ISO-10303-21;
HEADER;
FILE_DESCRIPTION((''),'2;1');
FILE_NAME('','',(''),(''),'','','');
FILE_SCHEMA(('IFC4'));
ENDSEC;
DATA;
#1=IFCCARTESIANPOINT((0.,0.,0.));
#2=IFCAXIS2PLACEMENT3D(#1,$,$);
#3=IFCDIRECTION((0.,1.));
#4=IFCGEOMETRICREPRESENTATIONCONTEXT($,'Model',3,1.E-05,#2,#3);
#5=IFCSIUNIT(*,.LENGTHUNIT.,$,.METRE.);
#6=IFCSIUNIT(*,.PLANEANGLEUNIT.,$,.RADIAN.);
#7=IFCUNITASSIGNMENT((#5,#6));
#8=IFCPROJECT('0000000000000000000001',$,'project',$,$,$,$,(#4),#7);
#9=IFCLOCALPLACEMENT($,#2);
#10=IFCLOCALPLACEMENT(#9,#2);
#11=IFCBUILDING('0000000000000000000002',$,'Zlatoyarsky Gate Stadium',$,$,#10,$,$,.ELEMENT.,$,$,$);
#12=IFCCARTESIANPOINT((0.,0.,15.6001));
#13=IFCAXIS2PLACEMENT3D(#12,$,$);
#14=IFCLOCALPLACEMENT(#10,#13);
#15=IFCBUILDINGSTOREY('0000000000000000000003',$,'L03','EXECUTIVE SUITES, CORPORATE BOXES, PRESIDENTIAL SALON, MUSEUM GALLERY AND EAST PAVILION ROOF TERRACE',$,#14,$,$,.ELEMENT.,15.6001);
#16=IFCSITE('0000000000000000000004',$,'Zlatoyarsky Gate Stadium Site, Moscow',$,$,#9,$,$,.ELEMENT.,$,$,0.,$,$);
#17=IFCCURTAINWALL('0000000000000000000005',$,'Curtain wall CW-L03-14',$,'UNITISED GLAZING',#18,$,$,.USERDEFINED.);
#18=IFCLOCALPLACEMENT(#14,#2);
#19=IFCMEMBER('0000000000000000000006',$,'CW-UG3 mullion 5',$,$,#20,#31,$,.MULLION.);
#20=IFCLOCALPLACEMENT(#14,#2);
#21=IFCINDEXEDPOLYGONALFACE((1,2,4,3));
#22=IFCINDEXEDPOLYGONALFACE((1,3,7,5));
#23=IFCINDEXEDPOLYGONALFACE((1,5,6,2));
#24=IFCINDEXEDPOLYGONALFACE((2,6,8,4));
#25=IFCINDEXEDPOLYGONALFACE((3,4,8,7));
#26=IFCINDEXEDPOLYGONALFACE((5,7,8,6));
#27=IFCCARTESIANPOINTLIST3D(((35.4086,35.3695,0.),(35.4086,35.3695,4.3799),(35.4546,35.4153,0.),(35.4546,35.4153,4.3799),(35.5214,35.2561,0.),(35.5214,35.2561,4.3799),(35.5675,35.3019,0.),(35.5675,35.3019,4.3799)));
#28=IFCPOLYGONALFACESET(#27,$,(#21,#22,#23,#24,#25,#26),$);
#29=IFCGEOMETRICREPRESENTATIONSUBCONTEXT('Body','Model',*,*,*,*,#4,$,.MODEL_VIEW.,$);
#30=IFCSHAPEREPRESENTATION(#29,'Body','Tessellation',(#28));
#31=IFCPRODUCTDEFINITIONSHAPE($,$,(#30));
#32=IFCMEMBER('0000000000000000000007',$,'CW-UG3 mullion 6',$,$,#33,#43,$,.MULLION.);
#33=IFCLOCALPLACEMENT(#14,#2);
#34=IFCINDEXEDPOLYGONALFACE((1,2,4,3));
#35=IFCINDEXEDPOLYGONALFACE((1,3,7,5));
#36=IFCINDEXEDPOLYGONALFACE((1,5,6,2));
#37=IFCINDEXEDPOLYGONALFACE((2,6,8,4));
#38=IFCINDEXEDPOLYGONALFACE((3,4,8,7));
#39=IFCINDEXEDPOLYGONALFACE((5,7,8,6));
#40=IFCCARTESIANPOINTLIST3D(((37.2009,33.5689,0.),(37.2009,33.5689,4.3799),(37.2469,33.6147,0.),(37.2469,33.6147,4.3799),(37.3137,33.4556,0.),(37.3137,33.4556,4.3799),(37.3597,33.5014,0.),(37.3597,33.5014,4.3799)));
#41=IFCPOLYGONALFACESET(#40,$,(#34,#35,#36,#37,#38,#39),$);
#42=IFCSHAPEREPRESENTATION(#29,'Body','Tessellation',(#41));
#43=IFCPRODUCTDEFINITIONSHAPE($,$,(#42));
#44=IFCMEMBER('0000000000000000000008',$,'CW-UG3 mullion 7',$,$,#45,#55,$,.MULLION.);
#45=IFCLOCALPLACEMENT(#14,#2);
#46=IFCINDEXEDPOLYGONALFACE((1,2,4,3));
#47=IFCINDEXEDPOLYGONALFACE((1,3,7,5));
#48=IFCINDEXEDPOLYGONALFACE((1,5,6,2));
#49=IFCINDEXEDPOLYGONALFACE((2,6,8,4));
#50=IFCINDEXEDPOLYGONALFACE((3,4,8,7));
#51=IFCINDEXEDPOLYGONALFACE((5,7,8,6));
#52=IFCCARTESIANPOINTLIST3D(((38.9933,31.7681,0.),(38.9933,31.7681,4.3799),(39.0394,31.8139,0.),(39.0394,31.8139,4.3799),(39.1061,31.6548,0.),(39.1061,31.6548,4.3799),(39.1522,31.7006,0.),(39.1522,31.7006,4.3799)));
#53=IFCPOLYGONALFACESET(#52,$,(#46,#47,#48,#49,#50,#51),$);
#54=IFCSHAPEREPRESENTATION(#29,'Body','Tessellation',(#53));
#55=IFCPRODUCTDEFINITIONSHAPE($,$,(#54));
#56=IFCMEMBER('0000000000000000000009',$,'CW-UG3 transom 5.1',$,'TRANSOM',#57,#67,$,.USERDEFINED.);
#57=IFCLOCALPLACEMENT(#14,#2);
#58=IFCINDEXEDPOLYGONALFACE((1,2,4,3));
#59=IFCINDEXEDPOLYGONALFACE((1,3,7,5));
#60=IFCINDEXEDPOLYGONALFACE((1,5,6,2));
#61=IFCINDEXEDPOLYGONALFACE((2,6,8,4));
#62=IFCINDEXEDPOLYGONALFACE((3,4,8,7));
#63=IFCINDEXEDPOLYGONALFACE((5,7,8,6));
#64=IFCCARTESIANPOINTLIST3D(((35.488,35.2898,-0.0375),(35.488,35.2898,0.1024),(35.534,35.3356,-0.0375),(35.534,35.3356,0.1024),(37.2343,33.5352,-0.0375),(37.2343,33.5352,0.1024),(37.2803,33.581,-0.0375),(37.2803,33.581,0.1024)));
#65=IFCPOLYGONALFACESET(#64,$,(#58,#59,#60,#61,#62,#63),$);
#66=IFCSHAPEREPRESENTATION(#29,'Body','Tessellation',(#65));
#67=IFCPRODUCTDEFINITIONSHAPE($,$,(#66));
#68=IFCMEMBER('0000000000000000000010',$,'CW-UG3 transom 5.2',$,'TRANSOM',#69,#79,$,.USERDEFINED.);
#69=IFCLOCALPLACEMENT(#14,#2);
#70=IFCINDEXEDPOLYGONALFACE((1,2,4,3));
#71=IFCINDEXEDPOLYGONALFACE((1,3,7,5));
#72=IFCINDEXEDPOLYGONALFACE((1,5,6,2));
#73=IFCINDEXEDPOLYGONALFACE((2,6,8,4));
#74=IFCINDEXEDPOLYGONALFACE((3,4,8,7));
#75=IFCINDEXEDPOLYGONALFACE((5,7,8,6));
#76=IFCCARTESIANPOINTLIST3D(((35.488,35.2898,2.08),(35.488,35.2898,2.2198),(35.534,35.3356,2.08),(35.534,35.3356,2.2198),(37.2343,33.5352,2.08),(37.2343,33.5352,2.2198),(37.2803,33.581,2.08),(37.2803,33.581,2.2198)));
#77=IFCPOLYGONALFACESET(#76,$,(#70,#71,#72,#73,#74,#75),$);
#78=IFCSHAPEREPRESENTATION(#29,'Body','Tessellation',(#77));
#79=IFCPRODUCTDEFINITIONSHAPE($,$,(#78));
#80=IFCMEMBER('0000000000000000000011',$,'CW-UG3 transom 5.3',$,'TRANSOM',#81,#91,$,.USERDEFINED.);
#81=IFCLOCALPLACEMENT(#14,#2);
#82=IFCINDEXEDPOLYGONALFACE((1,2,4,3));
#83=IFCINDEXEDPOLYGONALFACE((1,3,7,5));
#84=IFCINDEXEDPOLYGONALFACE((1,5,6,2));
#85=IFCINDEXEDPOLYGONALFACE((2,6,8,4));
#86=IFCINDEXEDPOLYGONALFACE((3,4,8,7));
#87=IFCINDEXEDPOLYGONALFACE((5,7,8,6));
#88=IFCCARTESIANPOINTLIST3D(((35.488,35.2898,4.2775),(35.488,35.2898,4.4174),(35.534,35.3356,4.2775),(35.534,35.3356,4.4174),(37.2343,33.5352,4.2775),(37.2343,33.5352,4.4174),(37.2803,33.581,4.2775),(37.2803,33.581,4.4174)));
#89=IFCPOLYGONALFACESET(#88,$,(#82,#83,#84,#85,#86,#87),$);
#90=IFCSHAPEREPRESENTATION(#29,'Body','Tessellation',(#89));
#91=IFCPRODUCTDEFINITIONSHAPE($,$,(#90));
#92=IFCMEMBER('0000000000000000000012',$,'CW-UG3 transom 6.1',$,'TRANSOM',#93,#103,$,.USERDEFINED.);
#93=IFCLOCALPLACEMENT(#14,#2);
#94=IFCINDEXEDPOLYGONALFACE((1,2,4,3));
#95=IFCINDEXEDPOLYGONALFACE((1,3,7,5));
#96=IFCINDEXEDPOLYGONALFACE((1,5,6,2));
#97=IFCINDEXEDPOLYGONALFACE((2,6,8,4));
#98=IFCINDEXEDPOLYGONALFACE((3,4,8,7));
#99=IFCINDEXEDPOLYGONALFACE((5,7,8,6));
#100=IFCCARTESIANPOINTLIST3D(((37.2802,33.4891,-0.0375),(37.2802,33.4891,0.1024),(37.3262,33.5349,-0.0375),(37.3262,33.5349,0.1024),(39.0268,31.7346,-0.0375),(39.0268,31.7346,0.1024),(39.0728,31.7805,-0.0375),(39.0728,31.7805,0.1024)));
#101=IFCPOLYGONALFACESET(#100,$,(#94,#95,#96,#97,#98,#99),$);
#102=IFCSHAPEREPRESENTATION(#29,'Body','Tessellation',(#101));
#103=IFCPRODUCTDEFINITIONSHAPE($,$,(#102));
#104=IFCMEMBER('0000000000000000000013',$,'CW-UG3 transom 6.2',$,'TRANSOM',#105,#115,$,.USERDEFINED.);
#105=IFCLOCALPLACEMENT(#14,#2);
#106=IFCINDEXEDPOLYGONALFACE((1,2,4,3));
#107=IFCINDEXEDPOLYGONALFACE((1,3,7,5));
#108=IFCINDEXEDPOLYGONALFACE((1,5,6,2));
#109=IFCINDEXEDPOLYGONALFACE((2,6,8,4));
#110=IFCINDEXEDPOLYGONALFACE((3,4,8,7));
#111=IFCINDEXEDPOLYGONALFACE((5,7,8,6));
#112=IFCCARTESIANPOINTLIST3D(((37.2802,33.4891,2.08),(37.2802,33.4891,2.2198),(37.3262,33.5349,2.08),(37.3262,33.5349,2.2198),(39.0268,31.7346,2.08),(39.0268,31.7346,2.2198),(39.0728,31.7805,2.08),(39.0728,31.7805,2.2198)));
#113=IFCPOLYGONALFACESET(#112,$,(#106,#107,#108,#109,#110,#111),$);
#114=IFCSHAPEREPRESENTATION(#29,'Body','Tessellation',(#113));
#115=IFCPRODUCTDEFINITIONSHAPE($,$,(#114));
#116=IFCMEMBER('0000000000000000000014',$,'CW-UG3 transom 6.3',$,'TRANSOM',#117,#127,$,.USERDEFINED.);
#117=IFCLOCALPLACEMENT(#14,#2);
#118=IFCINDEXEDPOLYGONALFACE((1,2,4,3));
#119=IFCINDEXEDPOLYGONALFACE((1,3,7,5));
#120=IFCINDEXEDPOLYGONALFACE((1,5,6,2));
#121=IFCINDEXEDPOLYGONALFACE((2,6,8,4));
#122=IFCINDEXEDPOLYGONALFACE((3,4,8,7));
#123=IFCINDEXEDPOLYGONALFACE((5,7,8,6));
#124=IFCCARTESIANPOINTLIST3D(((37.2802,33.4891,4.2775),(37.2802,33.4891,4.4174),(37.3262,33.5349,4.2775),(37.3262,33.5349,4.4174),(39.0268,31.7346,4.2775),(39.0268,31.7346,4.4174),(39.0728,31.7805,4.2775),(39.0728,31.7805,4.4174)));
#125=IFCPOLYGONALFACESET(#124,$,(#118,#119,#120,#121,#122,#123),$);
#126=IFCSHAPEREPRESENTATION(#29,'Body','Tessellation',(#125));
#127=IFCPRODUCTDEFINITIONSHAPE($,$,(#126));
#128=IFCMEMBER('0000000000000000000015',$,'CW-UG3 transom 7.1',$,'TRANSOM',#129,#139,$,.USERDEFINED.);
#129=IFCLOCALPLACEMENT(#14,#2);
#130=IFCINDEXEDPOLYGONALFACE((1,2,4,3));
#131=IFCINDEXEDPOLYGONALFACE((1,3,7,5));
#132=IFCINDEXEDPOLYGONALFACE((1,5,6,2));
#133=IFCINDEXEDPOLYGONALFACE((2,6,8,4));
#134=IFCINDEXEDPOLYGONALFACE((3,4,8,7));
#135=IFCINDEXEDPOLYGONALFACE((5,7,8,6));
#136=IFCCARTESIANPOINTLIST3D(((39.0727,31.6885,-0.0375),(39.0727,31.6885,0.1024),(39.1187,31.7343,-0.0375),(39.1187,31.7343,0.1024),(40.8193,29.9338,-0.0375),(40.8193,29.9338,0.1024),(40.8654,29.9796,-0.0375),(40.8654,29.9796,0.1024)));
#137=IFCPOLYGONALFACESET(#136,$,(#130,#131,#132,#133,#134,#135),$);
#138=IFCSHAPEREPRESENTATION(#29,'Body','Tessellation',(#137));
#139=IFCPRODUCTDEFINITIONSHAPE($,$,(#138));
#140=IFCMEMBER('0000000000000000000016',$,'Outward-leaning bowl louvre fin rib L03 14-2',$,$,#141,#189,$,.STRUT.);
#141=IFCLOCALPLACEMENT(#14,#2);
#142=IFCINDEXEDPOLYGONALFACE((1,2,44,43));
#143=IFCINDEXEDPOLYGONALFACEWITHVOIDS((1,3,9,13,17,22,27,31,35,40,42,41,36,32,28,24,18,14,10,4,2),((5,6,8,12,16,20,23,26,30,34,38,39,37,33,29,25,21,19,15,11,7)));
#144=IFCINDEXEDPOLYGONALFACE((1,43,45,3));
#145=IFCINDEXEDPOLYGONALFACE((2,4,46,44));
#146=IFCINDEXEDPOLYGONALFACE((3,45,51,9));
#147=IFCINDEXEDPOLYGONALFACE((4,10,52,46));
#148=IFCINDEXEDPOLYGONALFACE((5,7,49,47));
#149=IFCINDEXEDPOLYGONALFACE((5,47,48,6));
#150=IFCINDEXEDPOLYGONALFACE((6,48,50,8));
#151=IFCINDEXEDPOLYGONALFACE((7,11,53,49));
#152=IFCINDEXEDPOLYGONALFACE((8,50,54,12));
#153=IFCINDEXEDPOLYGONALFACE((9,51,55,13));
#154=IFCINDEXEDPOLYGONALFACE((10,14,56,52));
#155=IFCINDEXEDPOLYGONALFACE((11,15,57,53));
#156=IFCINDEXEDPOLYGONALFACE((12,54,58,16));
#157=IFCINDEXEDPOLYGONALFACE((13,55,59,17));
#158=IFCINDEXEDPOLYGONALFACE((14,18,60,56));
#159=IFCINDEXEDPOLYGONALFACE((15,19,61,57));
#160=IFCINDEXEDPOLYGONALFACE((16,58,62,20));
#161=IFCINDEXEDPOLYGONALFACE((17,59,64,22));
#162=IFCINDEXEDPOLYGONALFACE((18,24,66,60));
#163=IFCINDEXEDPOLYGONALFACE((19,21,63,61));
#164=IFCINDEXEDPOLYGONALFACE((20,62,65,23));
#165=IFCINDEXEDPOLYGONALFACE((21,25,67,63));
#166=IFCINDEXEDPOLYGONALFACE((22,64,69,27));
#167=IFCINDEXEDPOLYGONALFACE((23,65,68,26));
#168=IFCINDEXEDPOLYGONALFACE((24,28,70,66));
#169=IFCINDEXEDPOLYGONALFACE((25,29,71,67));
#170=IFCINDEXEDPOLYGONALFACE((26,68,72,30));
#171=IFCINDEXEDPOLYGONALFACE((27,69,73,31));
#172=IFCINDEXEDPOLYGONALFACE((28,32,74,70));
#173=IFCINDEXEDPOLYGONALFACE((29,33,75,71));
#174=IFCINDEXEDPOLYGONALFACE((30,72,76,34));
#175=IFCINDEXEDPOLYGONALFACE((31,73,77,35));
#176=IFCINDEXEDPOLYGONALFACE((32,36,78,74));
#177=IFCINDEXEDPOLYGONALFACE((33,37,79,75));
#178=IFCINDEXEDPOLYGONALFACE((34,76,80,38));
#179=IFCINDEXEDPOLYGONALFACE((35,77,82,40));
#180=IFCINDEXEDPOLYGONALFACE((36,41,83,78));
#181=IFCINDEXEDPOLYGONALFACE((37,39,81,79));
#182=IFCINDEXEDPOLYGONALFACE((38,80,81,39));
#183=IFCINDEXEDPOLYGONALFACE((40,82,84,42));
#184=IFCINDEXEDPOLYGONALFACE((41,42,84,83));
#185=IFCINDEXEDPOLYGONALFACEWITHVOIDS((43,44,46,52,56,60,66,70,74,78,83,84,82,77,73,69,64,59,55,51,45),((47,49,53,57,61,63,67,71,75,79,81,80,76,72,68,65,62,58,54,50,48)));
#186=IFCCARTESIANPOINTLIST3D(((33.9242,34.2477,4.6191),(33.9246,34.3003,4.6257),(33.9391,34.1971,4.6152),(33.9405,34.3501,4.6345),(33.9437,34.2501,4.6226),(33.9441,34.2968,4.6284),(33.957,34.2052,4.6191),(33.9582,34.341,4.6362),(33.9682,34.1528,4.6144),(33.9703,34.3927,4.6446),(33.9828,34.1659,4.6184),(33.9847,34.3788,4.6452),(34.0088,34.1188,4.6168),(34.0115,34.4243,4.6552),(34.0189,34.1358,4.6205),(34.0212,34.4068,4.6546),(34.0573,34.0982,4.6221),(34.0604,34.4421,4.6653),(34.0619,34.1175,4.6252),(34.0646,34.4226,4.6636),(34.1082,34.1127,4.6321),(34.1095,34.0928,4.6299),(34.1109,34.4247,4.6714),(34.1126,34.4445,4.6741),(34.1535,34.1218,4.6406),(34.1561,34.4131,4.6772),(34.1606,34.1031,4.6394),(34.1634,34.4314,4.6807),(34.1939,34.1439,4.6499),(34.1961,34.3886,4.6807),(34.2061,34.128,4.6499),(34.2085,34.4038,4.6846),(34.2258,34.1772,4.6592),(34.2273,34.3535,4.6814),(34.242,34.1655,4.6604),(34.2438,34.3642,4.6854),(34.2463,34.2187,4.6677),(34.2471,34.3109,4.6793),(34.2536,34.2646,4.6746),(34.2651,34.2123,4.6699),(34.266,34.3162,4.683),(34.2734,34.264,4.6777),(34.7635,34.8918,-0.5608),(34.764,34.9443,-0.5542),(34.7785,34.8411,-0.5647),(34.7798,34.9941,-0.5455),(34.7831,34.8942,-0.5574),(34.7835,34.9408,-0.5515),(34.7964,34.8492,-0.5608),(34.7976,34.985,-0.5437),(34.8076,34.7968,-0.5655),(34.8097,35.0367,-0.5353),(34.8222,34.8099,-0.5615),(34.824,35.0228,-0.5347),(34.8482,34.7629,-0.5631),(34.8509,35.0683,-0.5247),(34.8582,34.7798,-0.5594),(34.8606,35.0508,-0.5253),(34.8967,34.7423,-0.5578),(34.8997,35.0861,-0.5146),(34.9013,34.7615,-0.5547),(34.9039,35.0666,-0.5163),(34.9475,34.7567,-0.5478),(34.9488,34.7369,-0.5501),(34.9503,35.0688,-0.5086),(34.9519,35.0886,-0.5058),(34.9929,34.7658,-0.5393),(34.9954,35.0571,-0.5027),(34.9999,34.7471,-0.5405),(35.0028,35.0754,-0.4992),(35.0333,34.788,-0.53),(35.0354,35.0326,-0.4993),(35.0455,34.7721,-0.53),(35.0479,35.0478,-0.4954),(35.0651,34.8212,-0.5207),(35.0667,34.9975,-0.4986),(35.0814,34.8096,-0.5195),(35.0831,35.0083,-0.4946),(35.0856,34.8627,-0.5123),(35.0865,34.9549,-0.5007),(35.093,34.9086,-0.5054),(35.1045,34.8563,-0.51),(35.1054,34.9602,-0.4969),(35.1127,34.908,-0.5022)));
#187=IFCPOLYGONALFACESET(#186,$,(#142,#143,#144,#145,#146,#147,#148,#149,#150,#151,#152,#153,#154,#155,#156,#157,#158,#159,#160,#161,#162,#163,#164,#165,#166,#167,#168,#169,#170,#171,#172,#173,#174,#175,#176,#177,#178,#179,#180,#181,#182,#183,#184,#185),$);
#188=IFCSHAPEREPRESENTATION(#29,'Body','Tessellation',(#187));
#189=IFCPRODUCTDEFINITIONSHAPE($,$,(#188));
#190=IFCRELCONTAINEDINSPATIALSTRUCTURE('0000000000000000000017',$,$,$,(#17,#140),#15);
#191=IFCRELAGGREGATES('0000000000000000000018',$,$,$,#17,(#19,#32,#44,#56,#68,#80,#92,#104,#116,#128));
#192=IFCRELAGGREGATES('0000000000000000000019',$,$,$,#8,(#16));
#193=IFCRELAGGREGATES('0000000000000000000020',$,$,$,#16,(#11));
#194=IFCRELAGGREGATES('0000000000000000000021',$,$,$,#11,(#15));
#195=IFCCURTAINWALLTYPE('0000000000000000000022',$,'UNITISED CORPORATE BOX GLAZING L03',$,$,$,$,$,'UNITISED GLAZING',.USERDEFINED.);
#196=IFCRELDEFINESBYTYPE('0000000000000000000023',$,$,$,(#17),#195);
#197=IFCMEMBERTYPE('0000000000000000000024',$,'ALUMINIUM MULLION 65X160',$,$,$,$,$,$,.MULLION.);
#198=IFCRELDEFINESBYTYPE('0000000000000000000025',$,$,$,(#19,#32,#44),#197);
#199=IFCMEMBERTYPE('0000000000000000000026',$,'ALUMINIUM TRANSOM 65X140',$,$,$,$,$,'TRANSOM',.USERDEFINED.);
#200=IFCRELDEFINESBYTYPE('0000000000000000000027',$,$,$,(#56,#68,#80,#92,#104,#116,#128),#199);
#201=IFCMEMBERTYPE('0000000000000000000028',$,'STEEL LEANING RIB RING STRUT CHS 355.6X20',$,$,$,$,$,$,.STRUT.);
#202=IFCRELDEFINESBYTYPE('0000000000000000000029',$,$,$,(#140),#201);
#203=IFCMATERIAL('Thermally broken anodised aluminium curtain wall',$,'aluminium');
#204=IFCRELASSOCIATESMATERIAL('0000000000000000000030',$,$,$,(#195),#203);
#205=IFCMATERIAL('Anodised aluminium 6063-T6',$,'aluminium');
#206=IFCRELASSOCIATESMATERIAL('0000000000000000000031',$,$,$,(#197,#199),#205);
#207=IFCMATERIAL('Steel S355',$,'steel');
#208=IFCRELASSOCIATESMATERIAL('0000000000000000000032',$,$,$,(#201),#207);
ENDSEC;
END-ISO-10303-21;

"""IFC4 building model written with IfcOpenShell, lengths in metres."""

from ifc_helpers import new_model, si_unit, direction, frame, origin, origin_2d, place, context, subcontext, project, spatial, rectangle, hollow_circle, extrude, material, material_profile, profile_set, type_object, element, aggregate, save


model = new_model("IFC4")

# Units and contexts
model_context = context("Model", 3, precision=1e-05, world=origin(), true_north=direction((0.0, 1.0)))
body_context = subcontext(model_context, "Body", "Model", "MODEL_VIEW")
ifc_project = project(units=[si_unit("LENGTHUNIT", "METRE"), si_unit("PLANEANGLEUNIT", "RADIAN")], contexts=[model_context])

# Site, building, storey
site_placement = place(None, origin())
site = spatial("IfcSite", under=ifc_project, at=site_placement, Name="Zlatoyarsky Gate Stadium Site, Moscow", CompositionType="ELEMENT", RefElevation=0.0)
building_placement = place(site_placement, origin())
building = spatial("IfcBuilding", under=site, at=building_placement, Name="Zlatoyarsky Gate Stadium", CompositionType="ELEMENT")
storey_placement = place(building_placement, frame((0.0, 0.0, 15.6001)))
storey = spatial("IfcBuildingStorey", under=building, at=storey_placement, Name="L03", Description="EXECUTIVE SUITES, CORPORATE BOXES, PRESIDENTIAL SALON, MUSEUM GALLERY AND EAST PAVILION ROOF TERRACE", CompositionType="ELEMENT", Elevation=15.6001)

# Curtain wall, members
ifc_material_1 = material(Name="Thermally broken anodised aluminium curtain wall", Category="aluminium")
curtain_wall_type = type_object("IfcCurtainWallType", Name="UNITISED CORPORATE BOX GLAZING L03", ElementType="UNITISED GLAZING", PredefinedType="USERDEFINED", material=ifc_material_1)
curtain_wall_placement = place(storey_placement, origin())
curtain_wall = element("IfcCurtainWall", 1, at=curtain_wall_placement, inside=storey, type_object=curtain_wall_type, Name="Curtain wall CW-L03-14", ObjectType="UNITISED GLAZING", PredefinedType="USERDEFINED")
ifc_material_2 = material(Name="Anodised aluminium 6063-T6", Category="aluminium")
ifc_material_profile_1 = material_profile(ifc_material_2, rectangle(XDim=0.0649, YDim=0.1599, at=origin_2d()), Name="ALU 65X160")
ifc_profile_set_1 = profile_set([ifc_material_profile_1], Name="Anodised aluminium 6063-T6")
member_type_1 = type_object("IfcMemberType", Name="ALUMINIUM MULLION 65X160", PredefinedType="MULLION", material=ifc_profile_set_1)
member_1_placement = place(storey_placement, frame((35.488, 35.3357, 0.0), z_axis=(0.0, 0.0, 1.0), x_axis=(0.708721, 0.705489, 0.0)))
member_1 = element("IfcMember", 2, at=member_1_placement, type_object=member_type_1, Name="CW-UG3 mullion 5", PredefinedType="MULLION", context=body_context, shape_type="SweptSolid", body=[
    extrude(rectangle(XDim=0.0649, YDim=0.1599, at=origin_2d()), origin(), (0.0, 0.0, 1.0), 4.3799),
])
member_2_placement = place(storey_placement, frame((37.2803, 33.5352, 0.0), z_axis=(0.0, 0.0, 1.0), x_axis=(0.708721, 0.705489, 0.0)))
member_2 = element("IfcMember", 3, at=member_2_placement, type_object=member_type_1, Name="CW-UG3 mullion 6", PredefinedType="MULLION", context=body_context, shape_type="SweptSolid", body=[
    extrude(rectangle(XDim=0.0649, YDim=0.1599, at=origin_2d()), origin(), (0.0, 0.0, 1.0), 4.3799),
])
member_3_placement = place(storey_placement, frame((39.0728, 31.7344, 0.0), z_axis=(0.0, 0.0, 1.0), x_axis=(0.708721, 0.705489, 0.0)))
member_3 = element("IfcMember", 4, at=member_3_placement, type_object=member_type_1, Name="CW-UG3 mullion 7", PredefinedType="MULLION", context=body_context, shape_type="SweptSolid", body=[
    extrude(rectangle(XDim=0.0649, YDim=0.1599, at=origin_2d()), origin(), (0.0, 0.0, 1.0), 4.3799),
])
ifc_material_profile_2 = material_profile(ifc_material_2, rectangle(XDim=0.0649, YDim=0.1399, at=origin_2d()), Name="ALU 65X140")
ifc_profile_set_2 = profile_set([ifc_material_profile_2], Name="Anodised aluminium 6063-T6")
member_type_2 = type_object("IfcMemberType", Name="ALUMINIUM TRANSOM 65X140", ElementType="TRANSOM", PredefinedType="USERDEFINED", material=ifc_profile_set_2)
member_4_placement = place(storey_placement, frame((35.511, 35.3127, 0.0325), z_axis=(0.705428, -0.708781, 0.0), x_axis=(0.708781, 0.705428, 0.0)))
member_4 = element("IfcMember", 5, at=member_4_placement, type_object=member_type_2, Name="CW-UG3 transom 5.1", ObjectType="TRANSOM", PredefinedType="USERDEFINED", context=body_context, shape_type="SweptSolid", body=[
    extrude(rectangle(XDim=0.0649, YDim=0.1399, at=origin_2d()), origin(), (0.0, 0.0, 1.0), 2.4756),
])
member_5_placement = place(storey_placement, frame((35.511, 35.3127, 2.1499), z_axis=(0.705428, -0.708781, 0.0), x_axis=(0.708781, 0.705428, 0.0)))
member_5 = element("IfcMember", 6, at=member_5_placement, type_object=member_type_2, Name="CW-UG3 transom 5.2", ObjectType="TRANSOM", PredefinedType="USERDEFINED", context=body_context, shape_type="SweptSolid", body=[
    extrude(rectangle(XDim=0.0649, YDim=0.1399, at=origin_2d()), origin(), (0.0, 0.0, 1.0), 2.4756),
])
member_6_placement = place(storey_placement, frame((35.511, 35.3127, 4.3474), z_axis=(0.705428, -0.708781, 0.0), x_axis=(0.708781, 0.705428, 0.0)))
member_6 = element("IfcMember", 7, at=member_6_placement, type_object=member_type_2, Name="CW-UG3 transom 5.3", ObjectType="TRANSOM", PredefinedType="USERDEFINED", context=body_context, shape_type="SweptSolid", body=[
    extrude(rectangle(XDim=0.0649, YDim=0.1399, at=origin_2d()), origin(), (0.0, 0.0, 1.0), 2.4756),
])
member_7_placement = place(storey_placement, frame((37.3032, 33.512, 0.0325), z_axis=(0.705527, -0.708683, 0.0), x_axis=(0.708683, 0.705527, 0.0)))
member_7 = element("IfcMember", 8, at=member_7_placement, type_object=member_type_2, Name="CW-UG3 transom 6.1", ObjectType="TRANSOM", PredefinedType="USERDEFINED", context=body_context, shape_type="SweptSolid", body=[
    extrude(rectangle(XDim=0.0649, YDim=0.1399, at=origin_2d()), origin(), (0.0, 0.0, 1.0), 2.4756),
])
member_8_placement = place(storey_placement, frame((37.3032, 33.512, 2.1499), z_axis=(0.705527, -0.708683, 0.0), x_axis=(0.708683, 0.705527, 0.0)))
member_8 = element("IfcMember", 9, at=member_8_placement, type_object=member_type_2, Name="CW-UG3 transom 6.2", ObjectType="TRANSOM", PredefinedType="USERDEFINED", context=body_context, shape_type="SweptSolid", body=[
    extrude(rectangle(XDim=0.0649, YDim=0.1399, at=origin_2d()), origin(), (0.0, 0.0, 1.0), 2.4756),
])
member_9_placement = place(storey_placement, frame((37.3032, 33.512, 4.3474), z_axis=(0.705527, -0.708683, 0.0), x_axis=(0.708683, 0.705527, 0.0)))
member_9 = element("IfcMember", 10, at=member_9_placement, type_object=member_type_2, Name="CW-UG3 transom 6.3", ObjectType="TRANSOM", PredefinedType="USERDEFINED", context=body_context, shape_type="SweptSolid", body=[
    extrude(rectangle(XDim=0.0649, YDim=0.1399, at=origin_2d()), origin(), (0.0, 0.0, 1.0), 2.4756),
])
member_10_placement = place(storey_placement, frame((39.0957, 31.7114, 0.0325), z_axis=(0.705478, -0.708732, 0.0), x_axis=(0.708732, 0.705478, 0.0)))
member_10 = element("IfcMember", 11, at=member_10_placement, type_object=member_type_2, Name="CW-UG3 transom 7.1", ObjectType="TRANSOM", PredefinedType="USERDEFINED", context=body_context, shape_type="SweptSolid", body=[
    extrude(rectangle(XDim=0.0649, YDim=0.1399, at=origin_2d()), origin(), (0.0, 0.0, 1.0), 2.4758),
])

# Member
ifc_material_3 = material(Name="Steel S355", Category="steel")
ifc_material_profile_3 = material_profile(ifc_material_3, hollow_circle(Radius=0.1777, WallThickness=0.02, at=origin_2d()), Name="CHS 355.6X20")
ifc_profile_set_3 = profile_set([ifc_material_profile_3], Name="Steel S355")
member_type_3 = type_object("IfcMemberType", Name="STEEL LEANING RIB RING STRUT CHS 355.6X20", PredefinedType="STRUT", material=ifc_profile_set_3)
member_11_placement = place(storey_placement, frame((34.9373, 34.9131, -0.53), z_axis=(-0.158762, -0.121819, 0.979773), x_axis=(0.608751, -0.793361, 0.0)))
element("IfcMember", 12, at=member_11_placement, inside=storey, type_object=member_type_3, Name="Outward-leaning bowl louvre fin rib L03 14-2", PredefinedType="STRUT", context=body_context, shape_type="SweptSolid", body=[
    extrude(hollow_circle(Radius=0.1777, WallThickness=0.02, at=origin_2d()), origin(), (0.0, 0.0, 1.0), 5.2869),
])

aggregate(curtain_wall, [member_1, member_2, member_3, member_4, member_5, member_6, member_7, member_8, member_9, member_10])

save(model, "model.ifc")
